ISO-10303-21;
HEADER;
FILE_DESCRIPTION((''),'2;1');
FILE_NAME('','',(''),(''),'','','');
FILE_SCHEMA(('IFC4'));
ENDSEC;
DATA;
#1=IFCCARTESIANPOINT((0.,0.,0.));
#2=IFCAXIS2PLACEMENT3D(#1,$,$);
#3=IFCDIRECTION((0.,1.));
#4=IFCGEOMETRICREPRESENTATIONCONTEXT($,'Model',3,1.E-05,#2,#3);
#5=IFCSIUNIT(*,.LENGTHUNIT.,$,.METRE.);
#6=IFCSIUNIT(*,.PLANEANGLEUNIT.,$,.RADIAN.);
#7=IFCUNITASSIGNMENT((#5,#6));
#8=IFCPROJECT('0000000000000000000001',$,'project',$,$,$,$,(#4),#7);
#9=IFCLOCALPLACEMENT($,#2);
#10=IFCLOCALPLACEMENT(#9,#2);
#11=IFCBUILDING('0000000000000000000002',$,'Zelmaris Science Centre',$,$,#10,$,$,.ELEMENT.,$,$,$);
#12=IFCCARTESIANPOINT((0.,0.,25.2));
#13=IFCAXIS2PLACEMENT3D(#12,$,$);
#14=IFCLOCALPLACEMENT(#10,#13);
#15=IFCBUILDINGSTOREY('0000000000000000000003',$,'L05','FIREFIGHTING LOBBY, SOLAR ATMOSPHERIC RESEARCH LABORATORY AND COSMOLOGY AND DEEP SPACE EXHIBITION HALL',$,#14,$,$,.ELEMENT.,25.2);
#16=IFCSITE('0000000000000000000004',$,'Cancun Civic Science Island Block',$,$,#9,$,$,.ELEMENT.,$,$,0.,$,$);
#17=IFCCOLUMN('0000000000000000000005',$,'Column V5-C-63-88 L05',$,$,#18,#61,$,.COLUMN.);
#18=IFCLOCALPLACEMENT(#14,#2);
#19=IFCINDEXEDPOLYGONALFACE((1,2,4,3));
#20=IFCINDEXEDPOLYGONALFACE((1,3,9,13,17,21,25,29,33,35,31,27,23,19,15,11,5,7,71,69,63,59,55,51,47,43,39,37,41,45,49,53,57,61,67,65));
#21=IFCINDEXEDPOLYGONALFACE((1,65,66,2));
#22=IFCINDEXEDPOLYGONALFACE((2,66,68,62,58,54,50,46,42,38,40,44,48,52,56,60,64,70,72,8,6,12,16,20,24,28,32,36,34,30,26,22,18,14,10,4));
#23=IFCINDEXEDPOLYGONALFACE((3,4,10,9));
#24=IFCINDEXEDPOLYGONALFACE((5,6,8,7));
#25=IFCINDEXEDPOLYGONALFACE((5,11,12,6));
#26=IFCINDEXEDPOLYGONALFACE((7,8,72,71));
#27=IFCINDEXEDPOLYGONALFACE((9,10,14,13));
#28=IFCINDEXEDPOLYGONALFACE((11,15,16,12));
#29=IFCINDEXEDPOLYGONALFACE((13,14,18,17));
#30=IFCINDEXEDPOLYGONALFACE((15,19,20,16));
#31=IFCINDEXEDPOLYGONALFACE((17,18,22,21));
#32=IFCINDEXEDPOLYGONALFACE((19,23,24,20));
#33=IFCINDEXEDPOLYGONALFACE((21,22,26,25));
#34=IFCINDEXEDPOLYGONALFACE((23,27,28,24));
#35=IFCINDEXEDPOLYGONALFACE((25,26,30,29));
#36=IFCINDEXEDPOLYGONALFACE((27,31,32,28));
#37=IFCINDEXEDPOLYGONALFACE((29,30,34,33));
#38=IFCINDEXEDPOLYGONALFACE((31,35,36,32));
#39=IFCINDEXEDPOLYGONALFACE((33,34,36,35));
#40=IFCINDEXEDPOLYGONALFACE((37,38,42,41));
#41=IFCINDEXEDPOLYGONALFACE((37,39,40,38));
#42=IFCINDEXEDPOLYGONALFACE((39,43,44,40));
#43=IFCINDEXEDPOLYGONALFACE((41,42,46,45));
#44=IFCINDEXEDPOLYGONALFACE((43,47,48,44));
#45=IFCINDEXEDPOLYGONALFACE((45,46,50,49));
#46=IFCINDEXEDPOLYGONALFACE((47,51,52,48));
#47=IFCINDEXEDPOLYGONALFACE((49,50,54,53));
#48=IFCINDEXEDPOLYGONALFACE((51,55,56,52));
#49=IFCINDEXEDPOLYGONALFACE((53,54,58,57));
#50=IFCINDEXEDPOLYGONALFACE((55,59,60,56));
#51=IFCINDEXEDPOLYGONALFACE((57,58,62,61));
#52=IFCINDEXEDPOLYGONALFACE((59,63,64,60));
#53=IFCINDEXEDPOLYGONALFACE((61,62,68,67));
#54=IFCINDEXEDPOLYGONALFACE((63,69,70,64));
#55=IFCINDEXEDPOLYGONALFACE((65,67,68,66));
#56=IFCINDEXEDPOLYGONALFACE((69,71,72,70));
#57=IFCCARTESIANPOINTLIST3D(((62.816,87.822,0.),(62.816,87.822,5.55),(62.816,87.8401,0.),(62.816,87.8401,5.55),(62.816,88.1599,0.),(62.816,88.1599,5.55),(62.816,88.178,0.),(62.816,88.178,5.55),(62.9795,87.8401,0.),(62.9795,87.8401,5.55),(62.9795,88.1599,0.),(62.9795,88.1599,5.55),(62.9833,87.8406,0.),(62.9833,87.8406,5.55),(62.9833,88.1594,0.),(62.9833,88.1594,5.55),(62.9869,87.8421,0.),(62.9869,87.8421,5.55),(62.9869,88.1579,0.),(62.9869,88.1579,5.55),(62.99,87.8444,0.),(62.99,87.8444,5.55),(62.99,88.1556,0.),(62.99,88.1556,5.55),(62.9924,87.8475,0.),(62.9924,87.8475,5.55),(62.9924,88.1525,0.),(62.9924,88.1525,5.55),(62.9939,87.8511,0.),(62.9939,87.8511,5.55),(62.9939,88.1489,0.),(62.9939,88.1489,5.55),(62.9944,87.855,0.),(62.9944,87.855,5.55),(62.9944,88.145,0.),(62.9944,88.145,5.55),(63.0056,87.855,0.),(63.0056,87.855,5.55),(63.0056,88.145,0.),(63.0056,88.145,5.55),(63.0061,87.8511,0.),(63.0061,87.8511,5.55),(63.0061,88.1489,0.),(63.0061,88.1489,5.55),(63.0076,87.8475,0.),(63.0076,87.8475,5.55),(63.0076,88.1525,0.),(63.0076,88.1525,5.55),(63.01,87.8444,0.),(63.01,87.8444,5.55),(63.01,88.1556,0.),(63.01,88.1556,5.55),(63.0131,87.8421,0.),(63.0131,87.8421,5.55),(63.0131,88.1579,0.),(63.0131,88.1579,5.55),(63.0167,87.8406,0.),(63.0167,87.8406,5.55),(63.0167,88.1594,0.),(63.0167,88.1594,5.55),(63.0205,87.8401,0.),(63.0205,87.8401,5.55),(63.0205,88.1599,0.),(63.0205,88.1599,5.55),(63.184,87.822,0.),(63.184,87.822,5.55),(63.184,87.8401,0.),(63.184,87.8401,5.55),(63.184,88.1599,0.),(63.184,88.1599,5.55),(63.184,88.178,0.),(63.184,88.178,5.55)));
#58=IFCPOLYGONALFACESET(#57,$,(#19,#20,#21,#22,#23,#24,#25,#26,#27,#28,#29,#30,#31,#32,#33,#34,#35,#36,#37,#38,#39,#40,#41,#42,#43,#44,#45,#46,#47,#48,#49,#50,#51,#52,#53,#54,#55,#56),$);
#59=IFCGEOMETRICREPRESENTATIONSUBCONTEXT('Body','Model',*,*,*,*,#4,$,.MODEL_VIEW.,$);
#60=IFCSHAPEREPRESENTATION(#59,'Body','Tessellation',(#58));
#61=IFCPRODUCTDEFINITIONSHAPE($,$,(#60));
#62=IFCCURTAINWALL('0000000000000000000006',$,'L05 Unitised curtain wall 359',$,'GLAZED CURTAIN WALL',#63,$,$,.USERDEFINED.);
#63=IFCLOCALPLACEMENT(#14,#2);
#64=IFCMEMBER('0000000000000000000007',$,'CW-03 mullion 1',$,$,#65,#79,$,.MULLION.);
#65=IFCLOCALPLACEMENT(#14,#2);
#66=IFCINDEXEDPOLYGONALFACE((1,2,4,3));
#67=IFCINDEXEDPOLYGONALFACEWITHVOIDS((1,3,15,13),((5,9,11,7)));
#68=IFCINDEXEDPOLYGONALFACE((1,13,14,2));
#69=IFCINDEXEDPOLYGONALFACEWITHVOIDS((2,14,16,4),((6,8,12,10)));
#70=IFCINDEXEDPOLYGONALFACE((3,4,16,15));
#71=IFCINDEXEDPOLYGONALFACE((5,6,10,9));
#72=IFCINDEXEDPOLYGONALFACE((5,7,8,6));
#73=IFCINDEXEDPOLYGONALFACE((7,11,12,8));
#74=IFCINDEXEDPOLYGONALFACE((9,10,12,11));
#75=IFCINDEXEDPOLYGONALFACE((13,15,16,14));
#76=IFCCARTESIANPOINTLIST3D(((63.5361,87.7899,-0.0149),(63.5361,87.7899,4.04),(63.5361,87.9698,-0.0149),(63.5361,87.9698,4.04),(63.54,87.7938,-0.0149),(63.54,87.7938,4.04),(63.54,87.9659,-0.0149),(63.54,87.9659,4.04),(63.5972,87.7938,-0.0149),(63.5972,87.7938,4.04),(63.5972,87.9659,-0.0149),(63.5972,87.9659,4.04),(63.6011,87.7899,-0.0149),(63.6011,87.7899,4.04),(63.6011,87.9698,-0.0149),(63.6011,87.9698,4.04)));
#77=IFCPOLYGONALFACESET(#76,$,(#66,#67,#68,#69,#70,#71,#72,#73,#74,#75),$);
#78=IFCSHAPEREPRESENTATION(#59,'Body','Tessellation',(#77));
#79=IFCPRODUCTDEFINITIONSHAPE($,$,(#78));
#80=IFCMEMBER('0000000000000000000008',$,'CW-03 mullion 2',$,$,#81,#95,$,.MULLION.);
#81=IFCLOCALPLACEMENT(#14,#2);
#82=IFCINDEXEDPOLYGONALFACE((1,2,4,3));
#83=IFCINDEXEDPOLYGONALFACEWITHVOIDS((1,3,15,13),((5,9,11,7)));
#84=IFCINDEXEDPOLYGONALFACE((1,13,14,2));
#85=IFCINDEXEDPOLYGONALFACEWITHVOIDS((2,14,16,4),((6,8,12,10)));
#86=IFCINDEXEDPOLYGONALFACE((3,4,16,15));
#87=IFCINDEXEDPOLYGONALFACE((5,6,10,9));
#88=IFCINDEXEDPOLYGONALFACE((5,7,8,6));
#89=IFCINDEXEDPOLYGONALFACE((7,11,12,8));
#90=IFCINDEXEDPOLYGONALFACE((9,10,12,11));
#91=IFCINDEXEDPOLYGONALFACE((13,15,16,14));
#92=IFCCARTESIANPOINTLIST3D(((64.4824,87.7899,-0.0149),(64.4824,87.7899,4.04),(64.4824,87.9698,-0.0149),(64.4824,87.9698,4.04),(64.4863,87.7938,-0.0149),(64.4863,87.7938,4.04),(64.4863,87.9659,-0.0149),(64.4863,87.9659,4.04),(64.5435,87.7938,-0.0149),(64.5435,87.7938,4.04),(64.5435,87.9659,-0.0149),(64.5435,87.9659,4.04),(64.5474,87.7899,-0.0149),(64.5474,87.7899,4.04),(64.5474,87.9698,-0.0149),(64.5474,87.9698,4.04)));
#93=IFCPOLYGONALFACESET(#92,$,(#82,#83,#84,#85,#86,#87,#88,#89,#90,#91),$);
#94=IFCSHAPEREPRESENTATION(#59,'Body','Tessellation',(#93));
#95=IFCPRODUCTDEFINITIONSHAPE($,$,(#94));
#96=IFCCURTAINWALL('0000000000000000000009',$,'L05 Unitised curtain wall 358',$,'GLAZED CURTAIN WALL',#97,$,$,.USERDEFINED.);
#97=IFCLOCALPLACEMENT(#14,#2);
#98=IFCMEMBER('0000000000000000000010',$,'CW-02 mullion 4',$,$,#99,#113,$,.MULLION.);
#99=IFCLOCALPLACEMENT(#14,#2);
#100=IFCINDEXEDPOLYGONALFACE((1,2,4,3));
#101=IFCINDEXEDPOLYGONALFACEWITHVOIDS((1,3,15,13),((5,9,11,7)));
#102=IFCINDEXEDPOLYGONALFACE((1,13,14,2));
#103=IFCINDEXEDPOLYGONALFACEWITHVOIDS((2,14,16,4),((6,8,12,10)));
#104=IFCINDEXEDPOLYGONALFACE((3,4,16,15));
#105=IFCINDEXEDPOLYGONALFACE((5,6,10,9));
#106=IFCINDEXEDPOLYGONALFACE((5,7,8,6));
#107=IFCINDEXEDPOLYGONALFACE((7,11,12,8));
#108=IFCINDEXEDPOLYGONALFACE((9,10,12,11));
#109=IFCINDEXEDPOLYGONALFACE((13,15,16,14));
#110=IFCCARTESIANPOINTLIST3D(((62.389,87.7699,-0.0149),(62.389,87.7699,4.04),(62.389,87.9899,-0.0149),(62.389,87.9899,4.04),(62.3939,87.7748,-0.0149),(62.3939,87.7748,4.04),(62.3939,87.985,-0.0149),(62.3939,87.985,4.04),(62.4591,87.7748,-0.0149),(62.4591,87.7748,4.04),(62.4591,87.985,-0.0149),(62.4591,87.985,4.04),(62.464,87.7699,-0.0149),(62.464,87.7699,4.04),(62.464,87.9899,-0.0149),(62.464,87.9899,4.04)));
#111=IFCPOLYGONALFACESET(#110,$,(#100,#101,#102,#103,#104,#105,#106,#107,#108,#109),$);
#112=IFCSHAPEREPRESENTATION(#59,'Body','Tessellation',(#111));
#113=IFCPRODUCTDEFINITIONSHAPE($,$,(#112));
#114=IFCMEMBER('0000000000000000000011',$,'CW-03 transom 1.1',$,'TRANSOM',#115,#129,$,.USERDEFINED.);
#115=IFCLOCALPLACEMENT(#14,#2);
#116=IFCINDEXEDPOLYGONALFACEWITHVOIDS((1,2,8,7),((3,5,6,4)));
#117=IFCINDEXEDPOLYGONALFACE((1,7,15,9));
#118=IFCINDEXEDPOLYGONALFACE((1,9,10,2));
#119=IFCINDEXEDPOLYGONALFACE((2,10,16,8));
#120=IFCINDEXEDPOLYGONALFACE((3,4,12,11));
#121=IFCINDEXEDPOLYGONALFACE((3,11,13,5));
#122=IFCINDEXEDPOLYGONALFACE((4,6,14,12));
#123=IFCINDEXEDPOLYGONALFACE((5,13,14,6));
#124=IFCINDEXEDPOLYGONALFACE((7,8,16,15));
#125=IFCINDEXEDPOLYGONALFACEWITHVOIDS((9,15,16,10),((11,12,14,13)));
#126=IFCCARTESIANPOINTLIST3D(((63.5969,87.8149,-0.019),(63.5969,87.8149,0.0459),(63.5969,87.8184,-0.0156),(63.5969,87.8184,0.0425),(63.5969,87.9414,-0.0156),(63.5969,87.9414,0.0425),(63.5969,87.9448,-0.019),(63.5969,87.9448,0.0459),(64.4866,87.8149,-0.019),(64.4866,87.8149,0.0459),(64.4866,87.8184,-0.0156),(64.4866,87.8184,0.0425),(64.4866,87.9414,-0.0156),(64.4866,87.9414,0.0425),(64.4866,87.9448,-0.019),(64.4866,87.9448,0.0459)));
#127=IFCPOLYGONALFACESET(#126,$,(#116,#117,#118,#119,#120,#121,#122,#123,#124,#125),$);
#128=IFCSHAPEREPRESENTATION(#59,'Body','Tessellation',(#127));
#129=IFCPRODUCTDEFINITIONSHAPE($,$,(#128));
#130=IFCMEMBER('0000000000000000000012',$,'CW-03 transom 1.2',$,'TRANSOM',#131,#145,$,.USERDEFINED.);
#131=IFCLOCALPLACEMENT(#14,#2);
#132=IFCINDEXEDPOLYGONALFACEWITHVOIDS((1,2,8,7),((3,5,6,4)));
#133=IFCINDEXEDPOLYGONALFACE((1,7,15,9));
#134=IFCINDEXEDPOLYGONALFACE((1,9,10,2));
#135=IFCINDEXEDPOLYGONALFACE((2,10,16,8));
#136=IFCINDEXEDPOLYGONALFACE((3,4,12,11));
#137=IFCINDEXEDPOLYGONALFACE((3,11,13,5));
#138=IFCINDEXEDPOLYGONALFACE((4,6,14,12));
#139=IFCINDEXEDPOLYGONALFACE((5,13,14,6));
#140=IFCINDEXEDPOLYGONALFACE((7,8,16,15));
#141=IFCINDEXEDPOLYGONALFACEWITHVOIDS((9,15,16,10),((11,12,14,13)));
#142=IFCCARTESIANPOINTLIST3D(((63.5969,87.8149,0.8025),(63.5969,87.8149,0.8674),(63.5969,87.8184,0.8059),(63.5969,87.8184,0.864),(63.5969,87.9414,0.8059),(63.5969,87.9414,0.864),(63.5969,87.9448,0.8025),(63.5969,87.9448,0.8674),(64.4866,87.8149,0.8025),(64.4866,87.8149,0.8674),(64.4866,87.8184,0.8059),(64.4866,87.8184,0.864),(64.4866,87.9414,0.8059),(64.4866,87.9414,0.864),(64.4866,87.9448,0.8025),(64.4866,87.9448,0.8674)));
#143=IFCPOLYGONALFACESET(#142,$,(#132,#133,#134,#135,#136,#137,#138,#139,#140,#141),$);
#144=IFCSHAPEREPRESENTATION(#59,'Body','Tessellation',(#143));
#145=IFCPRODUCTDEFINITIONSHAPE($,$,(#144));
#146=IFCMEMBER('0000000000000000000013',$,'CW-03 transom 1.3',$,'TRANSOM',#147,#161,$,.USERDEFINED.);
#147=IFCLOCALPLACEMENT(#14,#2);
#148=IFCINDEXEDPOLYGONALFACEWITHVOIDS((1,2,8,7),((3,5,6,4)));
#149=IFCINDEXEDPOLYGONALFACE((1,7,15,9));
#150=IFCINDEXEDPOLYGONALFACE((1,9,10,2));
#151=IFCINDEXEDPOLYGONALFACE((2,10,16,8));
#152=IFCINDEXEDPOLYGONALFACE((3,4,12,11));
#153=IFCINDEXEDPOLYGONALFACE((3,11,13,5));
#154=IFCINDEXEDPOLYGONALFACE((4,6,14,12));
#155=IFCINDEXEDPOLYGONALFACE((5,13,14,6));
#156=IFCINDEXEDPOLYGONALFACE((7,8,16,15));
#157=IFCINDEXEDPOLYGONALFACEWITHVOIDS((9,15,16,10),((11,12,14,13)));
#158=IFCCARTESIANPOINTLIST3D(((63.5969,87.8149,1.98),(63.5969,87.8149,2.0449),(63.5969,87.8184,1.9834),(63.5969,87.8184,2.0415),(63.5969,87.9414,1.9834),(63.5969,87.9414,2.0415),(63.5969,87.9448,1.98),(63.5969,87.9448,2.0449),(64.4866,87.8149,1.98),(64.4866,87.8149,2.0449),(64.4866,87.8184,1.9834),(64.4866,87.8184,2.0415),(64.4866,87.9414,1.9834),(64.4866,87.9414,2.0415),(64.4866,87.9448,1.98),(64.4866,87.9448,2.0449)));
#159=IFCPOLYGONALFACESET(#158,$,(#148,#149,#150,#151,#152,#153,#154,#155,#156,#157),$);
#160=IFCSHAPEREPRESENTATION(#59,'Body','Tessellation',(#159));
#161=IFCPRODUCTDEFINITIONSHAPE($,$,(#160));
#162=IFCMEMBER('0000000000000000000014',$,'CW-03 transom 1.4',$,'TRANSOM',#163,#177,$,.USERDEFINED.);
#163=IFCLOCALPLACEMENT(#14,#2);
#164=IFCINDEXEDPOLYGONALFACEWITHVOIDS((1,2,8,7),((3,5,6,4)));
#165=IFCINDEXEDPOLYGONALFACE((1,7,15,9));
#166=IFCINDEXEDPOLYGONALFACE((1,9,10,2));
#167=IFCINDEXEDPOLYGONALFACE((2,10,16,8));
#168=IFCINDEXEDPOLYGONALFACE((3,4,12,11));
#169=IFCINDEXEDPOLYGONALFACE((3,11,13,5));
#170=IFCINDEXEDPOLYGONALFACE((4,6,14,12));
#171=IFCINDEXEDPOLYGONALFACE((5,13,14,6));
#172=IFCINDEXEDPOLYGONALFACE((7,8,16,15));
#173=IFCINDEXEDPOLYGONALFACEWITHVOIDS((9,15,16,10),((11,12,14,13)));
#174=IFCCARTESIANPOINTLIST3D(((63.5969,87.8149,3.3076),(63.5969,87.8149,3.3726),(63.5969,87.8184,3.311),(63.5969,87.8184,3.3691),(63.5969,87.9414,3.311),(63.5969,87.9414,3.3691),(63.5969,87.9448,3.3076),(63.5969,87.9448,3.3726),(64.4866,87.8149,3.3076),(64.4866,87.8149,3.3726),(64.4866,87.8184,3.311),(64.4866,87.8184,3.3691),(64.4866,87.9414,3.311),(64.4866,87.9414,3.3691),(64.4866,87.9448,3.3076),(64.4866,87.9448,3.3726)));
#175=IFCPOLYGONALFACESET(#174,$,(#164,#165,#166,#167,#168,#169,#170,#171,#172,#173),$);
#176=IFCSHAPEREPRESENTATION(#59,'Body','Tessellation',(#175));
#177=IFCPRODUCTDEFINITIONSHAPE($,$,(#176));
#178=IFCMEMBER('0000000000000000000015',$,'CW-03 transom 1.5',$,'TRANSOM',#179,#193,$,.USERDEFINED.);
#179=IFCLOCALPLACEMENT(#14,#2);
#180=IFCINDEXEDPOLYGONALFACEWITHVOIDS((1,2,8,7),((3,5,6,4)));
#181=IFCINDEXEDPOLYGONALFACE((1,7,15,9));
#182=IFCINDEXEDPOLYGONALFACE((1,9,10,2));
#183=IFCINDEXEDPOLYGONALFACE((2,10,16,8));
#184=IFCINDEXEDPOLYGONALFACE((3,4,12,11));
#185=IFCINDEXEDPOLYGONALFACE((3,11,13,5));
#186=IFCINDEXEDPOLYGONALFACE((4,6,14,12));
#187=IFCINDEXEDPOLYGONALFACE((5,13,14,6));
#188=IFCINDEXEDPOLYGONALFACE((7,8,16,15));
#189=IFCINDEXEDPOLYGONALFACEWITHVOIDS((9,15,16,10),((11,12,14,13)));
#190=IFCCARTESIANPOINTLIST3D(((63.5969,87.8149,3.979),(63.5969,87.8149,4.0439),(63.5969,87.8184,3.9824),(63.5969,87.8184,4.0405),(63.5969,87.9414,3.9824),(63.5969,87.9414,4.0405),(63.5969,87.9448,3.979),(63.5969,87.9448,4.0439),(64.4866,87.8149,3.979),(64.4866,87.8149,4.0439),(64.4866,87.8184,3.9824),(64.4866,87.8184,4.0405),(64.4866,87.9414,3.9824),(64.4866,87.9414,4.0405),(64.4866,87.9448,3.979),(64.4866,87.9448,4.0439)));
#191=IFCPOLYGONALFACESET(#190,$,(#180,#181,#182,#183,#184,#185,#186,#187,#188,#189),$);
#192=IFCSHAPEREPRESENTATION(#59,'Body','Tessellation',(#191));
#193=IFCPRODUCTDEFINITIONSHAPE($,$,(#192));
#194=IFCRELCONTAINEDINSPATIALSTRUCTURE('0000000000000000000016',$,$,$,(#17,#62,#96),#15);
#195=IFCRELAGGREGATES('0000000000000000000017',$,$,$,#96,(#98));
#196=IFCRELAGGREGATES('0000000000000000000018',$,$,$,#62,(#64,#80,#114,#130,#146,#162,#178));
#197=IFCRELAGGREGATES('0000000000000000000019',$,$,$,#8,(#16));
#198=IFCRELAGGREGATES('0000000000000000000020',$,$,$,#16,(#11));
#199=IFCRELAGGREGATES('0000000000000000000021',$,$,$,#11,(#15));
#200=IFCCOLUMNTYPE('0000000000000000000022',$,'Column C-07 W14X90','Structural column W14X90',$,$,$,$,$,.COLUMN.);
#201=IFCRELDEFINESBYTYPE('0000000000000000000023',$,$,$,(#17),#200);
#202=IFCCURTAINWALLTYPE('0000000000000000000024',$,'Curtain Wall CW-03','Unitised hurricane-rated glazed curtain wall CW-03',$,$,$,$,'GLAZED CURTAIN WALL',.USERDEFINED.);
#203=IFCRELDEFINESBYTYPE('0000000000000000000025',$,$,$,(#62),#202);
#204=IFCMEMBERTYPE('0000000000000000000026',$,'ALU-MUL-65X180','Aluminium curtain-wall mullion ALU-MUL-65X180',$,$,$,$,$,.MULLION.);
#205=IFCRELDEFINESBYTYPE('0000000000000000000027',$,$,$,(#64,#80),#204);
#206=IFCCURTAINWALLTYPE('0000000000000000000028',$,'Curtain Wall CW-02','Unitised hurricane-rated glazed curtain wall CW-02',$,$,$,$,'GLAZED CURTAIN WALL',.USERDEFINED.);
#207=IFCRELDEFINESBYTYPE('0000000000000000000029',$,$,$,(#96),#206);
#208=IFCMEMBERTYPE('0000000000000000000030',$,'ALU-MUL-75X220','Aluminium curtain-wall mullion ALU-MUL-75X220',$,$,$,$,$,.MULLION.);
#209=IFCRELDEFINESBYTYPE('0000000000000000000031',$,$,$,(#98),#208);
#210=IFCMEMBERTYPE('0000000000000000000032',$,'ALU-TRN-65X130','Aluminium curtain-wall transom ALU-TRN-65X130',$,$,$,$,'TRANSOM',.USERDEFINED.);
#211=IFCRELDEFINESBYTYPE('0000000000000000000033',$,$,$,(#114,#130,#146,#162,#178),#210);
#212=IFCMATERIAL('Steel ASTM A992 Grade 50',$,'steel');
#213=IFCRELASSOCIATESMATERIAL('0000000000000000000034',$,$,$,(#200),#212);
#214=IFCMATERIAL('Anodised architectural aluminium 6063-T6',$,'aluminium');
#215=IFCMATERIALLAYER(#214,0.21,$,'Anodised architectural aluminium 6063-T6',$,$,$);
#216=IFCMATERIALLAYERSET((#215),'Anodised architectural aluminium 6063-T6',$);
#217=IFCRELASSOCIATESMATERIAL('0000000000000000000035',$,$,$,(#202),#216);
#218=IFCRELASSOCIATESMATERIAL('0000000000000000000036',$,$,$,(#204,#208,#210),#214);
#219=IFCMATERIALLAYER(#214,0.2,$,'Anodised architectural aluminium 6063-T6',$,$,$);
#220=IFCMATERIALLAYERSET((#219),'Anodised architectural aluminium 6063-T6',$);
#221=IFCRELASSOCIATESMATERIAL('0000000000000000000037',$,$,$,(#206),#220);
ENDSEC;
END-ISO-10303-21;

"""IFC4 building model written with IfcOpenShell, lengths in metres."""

from ifc_helpers import new_model, si_unit, direction, frame, origin, origin_2d, place, context, subcontext, project, spatial, hollow_rectangle, i_section, extrude, material, layer, layer_set, material_profile, profile_set, type_object, element, aggregate, save


model = new_model("IFC4")

# Units and contexts
model_context = context("Model", 3, precision=1e-05, world=origin(), true_north=direction((0.0, 1.0)))
body_context = subcontext(model_context, "Body", "Model", "MODEL_VIEW")
ifc_project = project(units=[si_unit("LENGTHUNIT", "METRE"), si_unit("PLANEANGLEUNIT", "RADIAN")], contexts=[model_context])

# Site, building, storey
site_placement = place(None, origin())
site = spatial("IfcSite", under=ifc_project, at=site_placement, Name="Cancun Civic Science Island Block", CompositionType="ELEMENT", RefElevation=0.0)
building_placement = place(site_placement, origin())
building = spatial("IfcBuilding", under=site, at=building_placement, Name="Zelmaris Science Centre", CompositionType="ELEMENT")
storey_placement = place(building_placement, frame((0.0, 0.0, 25.2)))
storey = spatial("IfcBuildingStorey", under=building, at=storey_placement, Name="L05", Description="FIREFIGHTING LOBBY, SOLAR ATMOSPHERIC RESEARCH LABORATORY AND COSMOLOGY AND DEEP SPACE EXHIBITION HALL", CompositionType="ELEMENT", Elevation=25.2)

# Column
ifc_material_1 = material(Name="Steel ASTM A992 Grade 50", Category="steel")
ifc_material_profile_1 = material_profile(ifc_material_1, i_section(OverallWidth=0.3679, OverallDepth=0.356, WebThickness=0.0112, FlangeThickness=0.0181, FilletRadius=0.0149, at=origin_2d()), Name="W14X90")
ifc_profile_set_1 = profile_set([ifc_material_profile_1], Name="Steel ASTM A992 Grade 50")
column_type = type_object("IfcColumnType", Name="Column C-07 W14X90", Description="Structural column W14X90", PredefinedType="COLUMN", material=ifc_profile_set_1)
column_placement = place(storey_placement, frame((63.0, 88.0, 0.0), z_axis=(0.0, 0.0, 1.0), x_axis=(1.0, 0.0, 0.0)))
element("IfcColumn", 1, at=column_placement, inside=storey, type_object=column_type, Name="Column V5-C-63-88 L05", PredefinedType="COLUMN", context=body_context, shape_type="SweptSolid", body=[
    extrude(i_section(OverallWidth=0.3679, OverallDepth=0.356, WebThickness=0.0112, FlangeThickness=0.0181, FilletRadius=0.0149, at=origin_2d()), origin(), (0.0, 0.0, 1.0), 5.55),
])

# Curtain wall, members
ifc_material_2 = material(Name="Anodised architectural aluminium 6063-T6", Category="aluminium")
ifc_layer_1 = layer(ifc_material_2, 0.21, Name="Anodised architectural aluminium 6063-T6")
ifc_layer_set_1 = layer_set([ifc_layer_1], Name="Anodised architectural aluminium 6063-T6")
curtain_wall_type_1 = type_object("IfcCurtainWallType", Name="Curtain Wall CW-03", Description="Unitised hurricane-rated glazed curtain wall CW-03", ElementType="GLAZED CURTAIN WALL", PredefinedType="USERDEFINED", material=ifc_layer_set_1)
curtain_wall_1_placement = place(storey_placement, origin())
curtain_wall_1 = element("IfcCurtainWall", 2, at=curtain_wall_1_placement, inside=storey, type_object=curtain_wall_type_1, Name="L05 Unitised curtain wall 359", ObjectType="GLAZED CURTAIN WALL", PredefinedType="USERDEFINED")
ifc_material_profile_2 = material_profile(ifc_material_2, hollow_rectangle(XDim=0.0649, YDim=0.1799, WallThickness=0.0039, at=origin_2d()), Name="ALU-MUL-65X180")
ifc_profile_set_2 = profile_set([ifc_material_profile_2], Name="Anodised architectural aluminium 6063-T6")
member_type_1 = type_object("IfcMemberType", Name="ALU-MUL-65X180", Description="Aluminium curtain-wall mullion ALU-MUL-65X180", PredefinedType="MULLION", material=ifc_profile_set_2)
member_1_placement = place(storey_placement, frame((63.5686, 87.8799, -0.0149), z_axis=(0.0, 0.0, 1.0), x_axis=(1.0, -0.000005, 0.0)))
member_1 = element("IfcMember", 3, at=member_1_placement, type_object=member_type_1, Name="CW-03 mullion 1", PredefinedType="MULLION", context=body_context, shape_type="SweptSolid", body=[
    extrude(hollow_rectangle(XDim=0.0649, YDim=0.1799, WallThickness=0.0039, at=origin_2d()), origin(), (0.0, 0.0, 1.0), 4.0549),
])
member_2_placement = place(storey_placement, frame((64.5149, 87.8799, -0.0149), z_axis=(0.0, 0.0, 1.0), x_axis=(1.0, -0.000005, 0.0)))
member_2 = element("IfcMember", 4, at=member_2_placement, type_object=member_type_1, Name="CW-03 mullion 2", PredefinedType="MULLION", context=body_context, shape_type="SweptSolid", body=[
    extrude(hollow_rectangle(XDim=0.0649, YDim=0.1799, WallThickness=0.0039, at=origin_2d()), origin(), (0.0, 0.0, 1.0), 4.0549),
])

# Curtain wall, member
ifc_layer_2 = layer(ifc_material_2, 0.2, Name="Anodised architectural aluminium 6063-T6")
ifc_layer_set_2 = layer_set([ifc_layer_2], Name="Anodised architectural aluminium 6063-T6")
curtain_wall_type_2 = type_object("IfcCurtainWallType", Name="Curtain Wall CW-02", Description="Unitised hurricane-rated glazed curtain wall CW-02", ElementType="GLAZED CURTAIN WALL", PredefinedType="USERDEFINED", material=ifc_layer_set_2)
curtain_wall_2_placement = place(storey_placement, origin())
curtain_wall_2 = element("IfcCurtainWall", 5, at=curtain_wall_2_placement, inside=storey, type_object=curtain_wall_type_2, Name="L05 Unitised curtain wall 358", ObjectType="GLAZED CURTAIN WALL", PredefinedType="USERDEFINED")
ifc_material_profile_3 = material_profile(ifc_material_2, hollow_rectangle(XDim=0.075, YDim=0.22, WallThickness=0.0049, at=origin_2d()), Name="ALU-MUL-75X220")
ifc_profile_set_3 = profile_set([ifc_material_profile_3], Name="Anodised architectural aluminium 6063-T6")
member_type_2 = type_object("IfcMemberType", Name="ALU-MUL-75X220", Description="Aluminium curtain-wall mullion ALU-MUL-75X220", PredefinedType="MULLION", material=ifc_profile_set_3)
member_3_placement = place(storey_placement, frame((62.4265, 87.8799, -0.0149), z_axis=(0.0, 0.0, 1.0), x_axis=(1.0, -0.000005, 0.0)))
member_3 = element("IfcMember", 6, at=member_3_placement, type_object=member_type_2, Name="CW-02 mullion 4", PredefinedType="MULLION", context=body_context, shape_type="SweptSolid", body=[
    extrude(hollow_rectangle(XDim=0.075, YDim=0.22, WallThickness=0.0049, at=origin_2d()), origin(), (0.0, 0.0, 1.0), 4.0549),
])

# Members
ifc_material_profile_4 = material_profile(ifc_material_2, hollow_rectangle(XDim=0.0649, YDim=0.1299, WallThickness=0.0034, at=origin_2d()), Name="ALU-TRN-65X130")
ifc_profile_set_4 = profile_set([ifc_material_profile_4], Name="Anodised architectural aluminium 6063-T6")
member_type_3 = type_object("IfcMemberType", Name="ALU-TRN-65X130", Description="Aluminium curtain-wall transom ALU-TRN-65X130", ElementType="TRANSOM", PredefinedType="USERDEFINED", material=ifc_profile_set_4)
member_4_placement = place(storey_placement, frame((63.5969, 87.8799, 0.0134), z_axis=(1.0, 0.0, 0.0), x_axis=(0.0, 0.0, 1.0)))
member_4 = element("IfcMember", 7, at=member_4_placement, type_object=member_type_3, Name="CW-03 transom 1.1", ObjectType="TRANSOM", PredefinedType="USERDEFINED", context=body_context, shape_type="SweptSolid", body=[
    extrude(hollow_rectangle(XDim=0.0649, YDim=0.1299, WallThickness=0.0034, at=origin_2d()), origin(), (0.0, 0.0, 1.0), 0.8896),
])
member_5_placement = place(storey_placement, frame((63.5969, 87.8799, 0.835), z_axis=(1.0, 0.0, 0.0), x_axis=(0.0, 0.0, 1.0)))
member_5 = element("IfcMember", 8, at=member_5_placement, type_object=member_type_3, Name="CW-03 transom 1.2", ObjectType="TRANSOM", PredefinedType="USERDEFINED", context=body_context, shape_type="SweptSolid", body=[
    extrude(hollow_rectangle(XDim=0.0649, YDim=0.1299, WallThickness=0.0034, at=origin_2d()), origin(), (0.0, 0.0, 1.0), 0.8896),
])
member_6_placement = place(storey_placement, frame((63.5969, 87.8799, 2.0125), z_axis=(1.0, 0.0, 0.0), x_axis=(0.0, 0.0, 1.0)))
member_6 = element("IfcMember", 9, at=member_6_placement, type_object=member_type_3, Name="CW-03 transom 1.3", ObjectType="TRANSOM", PredefinedType="USERDEFINED", context=body_context, shape_type="SweptSolid", body=[
    extrude(hollow_rectangle(XDim=0.0649, YDim=0.1299, WallThickness=0.0034, at=origin_2d()), origin(), (0.0, 0.0, 1.0), 0.8896),
])
member_7_placement = place(storey_placement, frame((63.5969, 87.8799, 3.3401), z_axis=(1.0, 0.0, 0.0), x_axis=(0.0, 0.0, 1.0)))
member_7 = element("IfcMember", 10, at=member_7_placement, type_object=member_type_3, Name="CW-03 transom 1.4", ObjectType="TRANSOM", PredefinedType="USERDEFINED", context=body_context, shape_type="SweptSolid", body=[
    extrude(hollow_rectangle(XDim=0.0649, YDim=0.1299, WallThickness=0.0034, at=origin_2d()), origin(), (0.0, 0.0, 1.0), 0.8896),
])
member_8_placement = place(storey_placement, frame((63.5969, 87.8799, 4.0115), z_axis=(1.0, 0.0, 0.0), x_axis=(0.0, 0.0, 1.0)))
member_8 = element("IfcMember", 11, at=member_8_placement, type_object=member_type_3, Name="CW-03 transom 1.5", ObjectType="TRANSOM", PredefinedType="USERDEFINED", context=body_context, shape_type="SweptSolid", body=[
    extrude(hollow_rectangle(XDim=0.0649, YDim=0.1299, WallThickness=0.0034, at=origin_2d()), origin(), (0.0, 0.0, 1.0), 0.8896),
])

aggregate(curtain_wall_2, [member_3])
aggregate(curtain_wall_1, [member_1, member_2, member_4, member_5, member_6, member_7, member_8])

save(model, "model.ifc")
